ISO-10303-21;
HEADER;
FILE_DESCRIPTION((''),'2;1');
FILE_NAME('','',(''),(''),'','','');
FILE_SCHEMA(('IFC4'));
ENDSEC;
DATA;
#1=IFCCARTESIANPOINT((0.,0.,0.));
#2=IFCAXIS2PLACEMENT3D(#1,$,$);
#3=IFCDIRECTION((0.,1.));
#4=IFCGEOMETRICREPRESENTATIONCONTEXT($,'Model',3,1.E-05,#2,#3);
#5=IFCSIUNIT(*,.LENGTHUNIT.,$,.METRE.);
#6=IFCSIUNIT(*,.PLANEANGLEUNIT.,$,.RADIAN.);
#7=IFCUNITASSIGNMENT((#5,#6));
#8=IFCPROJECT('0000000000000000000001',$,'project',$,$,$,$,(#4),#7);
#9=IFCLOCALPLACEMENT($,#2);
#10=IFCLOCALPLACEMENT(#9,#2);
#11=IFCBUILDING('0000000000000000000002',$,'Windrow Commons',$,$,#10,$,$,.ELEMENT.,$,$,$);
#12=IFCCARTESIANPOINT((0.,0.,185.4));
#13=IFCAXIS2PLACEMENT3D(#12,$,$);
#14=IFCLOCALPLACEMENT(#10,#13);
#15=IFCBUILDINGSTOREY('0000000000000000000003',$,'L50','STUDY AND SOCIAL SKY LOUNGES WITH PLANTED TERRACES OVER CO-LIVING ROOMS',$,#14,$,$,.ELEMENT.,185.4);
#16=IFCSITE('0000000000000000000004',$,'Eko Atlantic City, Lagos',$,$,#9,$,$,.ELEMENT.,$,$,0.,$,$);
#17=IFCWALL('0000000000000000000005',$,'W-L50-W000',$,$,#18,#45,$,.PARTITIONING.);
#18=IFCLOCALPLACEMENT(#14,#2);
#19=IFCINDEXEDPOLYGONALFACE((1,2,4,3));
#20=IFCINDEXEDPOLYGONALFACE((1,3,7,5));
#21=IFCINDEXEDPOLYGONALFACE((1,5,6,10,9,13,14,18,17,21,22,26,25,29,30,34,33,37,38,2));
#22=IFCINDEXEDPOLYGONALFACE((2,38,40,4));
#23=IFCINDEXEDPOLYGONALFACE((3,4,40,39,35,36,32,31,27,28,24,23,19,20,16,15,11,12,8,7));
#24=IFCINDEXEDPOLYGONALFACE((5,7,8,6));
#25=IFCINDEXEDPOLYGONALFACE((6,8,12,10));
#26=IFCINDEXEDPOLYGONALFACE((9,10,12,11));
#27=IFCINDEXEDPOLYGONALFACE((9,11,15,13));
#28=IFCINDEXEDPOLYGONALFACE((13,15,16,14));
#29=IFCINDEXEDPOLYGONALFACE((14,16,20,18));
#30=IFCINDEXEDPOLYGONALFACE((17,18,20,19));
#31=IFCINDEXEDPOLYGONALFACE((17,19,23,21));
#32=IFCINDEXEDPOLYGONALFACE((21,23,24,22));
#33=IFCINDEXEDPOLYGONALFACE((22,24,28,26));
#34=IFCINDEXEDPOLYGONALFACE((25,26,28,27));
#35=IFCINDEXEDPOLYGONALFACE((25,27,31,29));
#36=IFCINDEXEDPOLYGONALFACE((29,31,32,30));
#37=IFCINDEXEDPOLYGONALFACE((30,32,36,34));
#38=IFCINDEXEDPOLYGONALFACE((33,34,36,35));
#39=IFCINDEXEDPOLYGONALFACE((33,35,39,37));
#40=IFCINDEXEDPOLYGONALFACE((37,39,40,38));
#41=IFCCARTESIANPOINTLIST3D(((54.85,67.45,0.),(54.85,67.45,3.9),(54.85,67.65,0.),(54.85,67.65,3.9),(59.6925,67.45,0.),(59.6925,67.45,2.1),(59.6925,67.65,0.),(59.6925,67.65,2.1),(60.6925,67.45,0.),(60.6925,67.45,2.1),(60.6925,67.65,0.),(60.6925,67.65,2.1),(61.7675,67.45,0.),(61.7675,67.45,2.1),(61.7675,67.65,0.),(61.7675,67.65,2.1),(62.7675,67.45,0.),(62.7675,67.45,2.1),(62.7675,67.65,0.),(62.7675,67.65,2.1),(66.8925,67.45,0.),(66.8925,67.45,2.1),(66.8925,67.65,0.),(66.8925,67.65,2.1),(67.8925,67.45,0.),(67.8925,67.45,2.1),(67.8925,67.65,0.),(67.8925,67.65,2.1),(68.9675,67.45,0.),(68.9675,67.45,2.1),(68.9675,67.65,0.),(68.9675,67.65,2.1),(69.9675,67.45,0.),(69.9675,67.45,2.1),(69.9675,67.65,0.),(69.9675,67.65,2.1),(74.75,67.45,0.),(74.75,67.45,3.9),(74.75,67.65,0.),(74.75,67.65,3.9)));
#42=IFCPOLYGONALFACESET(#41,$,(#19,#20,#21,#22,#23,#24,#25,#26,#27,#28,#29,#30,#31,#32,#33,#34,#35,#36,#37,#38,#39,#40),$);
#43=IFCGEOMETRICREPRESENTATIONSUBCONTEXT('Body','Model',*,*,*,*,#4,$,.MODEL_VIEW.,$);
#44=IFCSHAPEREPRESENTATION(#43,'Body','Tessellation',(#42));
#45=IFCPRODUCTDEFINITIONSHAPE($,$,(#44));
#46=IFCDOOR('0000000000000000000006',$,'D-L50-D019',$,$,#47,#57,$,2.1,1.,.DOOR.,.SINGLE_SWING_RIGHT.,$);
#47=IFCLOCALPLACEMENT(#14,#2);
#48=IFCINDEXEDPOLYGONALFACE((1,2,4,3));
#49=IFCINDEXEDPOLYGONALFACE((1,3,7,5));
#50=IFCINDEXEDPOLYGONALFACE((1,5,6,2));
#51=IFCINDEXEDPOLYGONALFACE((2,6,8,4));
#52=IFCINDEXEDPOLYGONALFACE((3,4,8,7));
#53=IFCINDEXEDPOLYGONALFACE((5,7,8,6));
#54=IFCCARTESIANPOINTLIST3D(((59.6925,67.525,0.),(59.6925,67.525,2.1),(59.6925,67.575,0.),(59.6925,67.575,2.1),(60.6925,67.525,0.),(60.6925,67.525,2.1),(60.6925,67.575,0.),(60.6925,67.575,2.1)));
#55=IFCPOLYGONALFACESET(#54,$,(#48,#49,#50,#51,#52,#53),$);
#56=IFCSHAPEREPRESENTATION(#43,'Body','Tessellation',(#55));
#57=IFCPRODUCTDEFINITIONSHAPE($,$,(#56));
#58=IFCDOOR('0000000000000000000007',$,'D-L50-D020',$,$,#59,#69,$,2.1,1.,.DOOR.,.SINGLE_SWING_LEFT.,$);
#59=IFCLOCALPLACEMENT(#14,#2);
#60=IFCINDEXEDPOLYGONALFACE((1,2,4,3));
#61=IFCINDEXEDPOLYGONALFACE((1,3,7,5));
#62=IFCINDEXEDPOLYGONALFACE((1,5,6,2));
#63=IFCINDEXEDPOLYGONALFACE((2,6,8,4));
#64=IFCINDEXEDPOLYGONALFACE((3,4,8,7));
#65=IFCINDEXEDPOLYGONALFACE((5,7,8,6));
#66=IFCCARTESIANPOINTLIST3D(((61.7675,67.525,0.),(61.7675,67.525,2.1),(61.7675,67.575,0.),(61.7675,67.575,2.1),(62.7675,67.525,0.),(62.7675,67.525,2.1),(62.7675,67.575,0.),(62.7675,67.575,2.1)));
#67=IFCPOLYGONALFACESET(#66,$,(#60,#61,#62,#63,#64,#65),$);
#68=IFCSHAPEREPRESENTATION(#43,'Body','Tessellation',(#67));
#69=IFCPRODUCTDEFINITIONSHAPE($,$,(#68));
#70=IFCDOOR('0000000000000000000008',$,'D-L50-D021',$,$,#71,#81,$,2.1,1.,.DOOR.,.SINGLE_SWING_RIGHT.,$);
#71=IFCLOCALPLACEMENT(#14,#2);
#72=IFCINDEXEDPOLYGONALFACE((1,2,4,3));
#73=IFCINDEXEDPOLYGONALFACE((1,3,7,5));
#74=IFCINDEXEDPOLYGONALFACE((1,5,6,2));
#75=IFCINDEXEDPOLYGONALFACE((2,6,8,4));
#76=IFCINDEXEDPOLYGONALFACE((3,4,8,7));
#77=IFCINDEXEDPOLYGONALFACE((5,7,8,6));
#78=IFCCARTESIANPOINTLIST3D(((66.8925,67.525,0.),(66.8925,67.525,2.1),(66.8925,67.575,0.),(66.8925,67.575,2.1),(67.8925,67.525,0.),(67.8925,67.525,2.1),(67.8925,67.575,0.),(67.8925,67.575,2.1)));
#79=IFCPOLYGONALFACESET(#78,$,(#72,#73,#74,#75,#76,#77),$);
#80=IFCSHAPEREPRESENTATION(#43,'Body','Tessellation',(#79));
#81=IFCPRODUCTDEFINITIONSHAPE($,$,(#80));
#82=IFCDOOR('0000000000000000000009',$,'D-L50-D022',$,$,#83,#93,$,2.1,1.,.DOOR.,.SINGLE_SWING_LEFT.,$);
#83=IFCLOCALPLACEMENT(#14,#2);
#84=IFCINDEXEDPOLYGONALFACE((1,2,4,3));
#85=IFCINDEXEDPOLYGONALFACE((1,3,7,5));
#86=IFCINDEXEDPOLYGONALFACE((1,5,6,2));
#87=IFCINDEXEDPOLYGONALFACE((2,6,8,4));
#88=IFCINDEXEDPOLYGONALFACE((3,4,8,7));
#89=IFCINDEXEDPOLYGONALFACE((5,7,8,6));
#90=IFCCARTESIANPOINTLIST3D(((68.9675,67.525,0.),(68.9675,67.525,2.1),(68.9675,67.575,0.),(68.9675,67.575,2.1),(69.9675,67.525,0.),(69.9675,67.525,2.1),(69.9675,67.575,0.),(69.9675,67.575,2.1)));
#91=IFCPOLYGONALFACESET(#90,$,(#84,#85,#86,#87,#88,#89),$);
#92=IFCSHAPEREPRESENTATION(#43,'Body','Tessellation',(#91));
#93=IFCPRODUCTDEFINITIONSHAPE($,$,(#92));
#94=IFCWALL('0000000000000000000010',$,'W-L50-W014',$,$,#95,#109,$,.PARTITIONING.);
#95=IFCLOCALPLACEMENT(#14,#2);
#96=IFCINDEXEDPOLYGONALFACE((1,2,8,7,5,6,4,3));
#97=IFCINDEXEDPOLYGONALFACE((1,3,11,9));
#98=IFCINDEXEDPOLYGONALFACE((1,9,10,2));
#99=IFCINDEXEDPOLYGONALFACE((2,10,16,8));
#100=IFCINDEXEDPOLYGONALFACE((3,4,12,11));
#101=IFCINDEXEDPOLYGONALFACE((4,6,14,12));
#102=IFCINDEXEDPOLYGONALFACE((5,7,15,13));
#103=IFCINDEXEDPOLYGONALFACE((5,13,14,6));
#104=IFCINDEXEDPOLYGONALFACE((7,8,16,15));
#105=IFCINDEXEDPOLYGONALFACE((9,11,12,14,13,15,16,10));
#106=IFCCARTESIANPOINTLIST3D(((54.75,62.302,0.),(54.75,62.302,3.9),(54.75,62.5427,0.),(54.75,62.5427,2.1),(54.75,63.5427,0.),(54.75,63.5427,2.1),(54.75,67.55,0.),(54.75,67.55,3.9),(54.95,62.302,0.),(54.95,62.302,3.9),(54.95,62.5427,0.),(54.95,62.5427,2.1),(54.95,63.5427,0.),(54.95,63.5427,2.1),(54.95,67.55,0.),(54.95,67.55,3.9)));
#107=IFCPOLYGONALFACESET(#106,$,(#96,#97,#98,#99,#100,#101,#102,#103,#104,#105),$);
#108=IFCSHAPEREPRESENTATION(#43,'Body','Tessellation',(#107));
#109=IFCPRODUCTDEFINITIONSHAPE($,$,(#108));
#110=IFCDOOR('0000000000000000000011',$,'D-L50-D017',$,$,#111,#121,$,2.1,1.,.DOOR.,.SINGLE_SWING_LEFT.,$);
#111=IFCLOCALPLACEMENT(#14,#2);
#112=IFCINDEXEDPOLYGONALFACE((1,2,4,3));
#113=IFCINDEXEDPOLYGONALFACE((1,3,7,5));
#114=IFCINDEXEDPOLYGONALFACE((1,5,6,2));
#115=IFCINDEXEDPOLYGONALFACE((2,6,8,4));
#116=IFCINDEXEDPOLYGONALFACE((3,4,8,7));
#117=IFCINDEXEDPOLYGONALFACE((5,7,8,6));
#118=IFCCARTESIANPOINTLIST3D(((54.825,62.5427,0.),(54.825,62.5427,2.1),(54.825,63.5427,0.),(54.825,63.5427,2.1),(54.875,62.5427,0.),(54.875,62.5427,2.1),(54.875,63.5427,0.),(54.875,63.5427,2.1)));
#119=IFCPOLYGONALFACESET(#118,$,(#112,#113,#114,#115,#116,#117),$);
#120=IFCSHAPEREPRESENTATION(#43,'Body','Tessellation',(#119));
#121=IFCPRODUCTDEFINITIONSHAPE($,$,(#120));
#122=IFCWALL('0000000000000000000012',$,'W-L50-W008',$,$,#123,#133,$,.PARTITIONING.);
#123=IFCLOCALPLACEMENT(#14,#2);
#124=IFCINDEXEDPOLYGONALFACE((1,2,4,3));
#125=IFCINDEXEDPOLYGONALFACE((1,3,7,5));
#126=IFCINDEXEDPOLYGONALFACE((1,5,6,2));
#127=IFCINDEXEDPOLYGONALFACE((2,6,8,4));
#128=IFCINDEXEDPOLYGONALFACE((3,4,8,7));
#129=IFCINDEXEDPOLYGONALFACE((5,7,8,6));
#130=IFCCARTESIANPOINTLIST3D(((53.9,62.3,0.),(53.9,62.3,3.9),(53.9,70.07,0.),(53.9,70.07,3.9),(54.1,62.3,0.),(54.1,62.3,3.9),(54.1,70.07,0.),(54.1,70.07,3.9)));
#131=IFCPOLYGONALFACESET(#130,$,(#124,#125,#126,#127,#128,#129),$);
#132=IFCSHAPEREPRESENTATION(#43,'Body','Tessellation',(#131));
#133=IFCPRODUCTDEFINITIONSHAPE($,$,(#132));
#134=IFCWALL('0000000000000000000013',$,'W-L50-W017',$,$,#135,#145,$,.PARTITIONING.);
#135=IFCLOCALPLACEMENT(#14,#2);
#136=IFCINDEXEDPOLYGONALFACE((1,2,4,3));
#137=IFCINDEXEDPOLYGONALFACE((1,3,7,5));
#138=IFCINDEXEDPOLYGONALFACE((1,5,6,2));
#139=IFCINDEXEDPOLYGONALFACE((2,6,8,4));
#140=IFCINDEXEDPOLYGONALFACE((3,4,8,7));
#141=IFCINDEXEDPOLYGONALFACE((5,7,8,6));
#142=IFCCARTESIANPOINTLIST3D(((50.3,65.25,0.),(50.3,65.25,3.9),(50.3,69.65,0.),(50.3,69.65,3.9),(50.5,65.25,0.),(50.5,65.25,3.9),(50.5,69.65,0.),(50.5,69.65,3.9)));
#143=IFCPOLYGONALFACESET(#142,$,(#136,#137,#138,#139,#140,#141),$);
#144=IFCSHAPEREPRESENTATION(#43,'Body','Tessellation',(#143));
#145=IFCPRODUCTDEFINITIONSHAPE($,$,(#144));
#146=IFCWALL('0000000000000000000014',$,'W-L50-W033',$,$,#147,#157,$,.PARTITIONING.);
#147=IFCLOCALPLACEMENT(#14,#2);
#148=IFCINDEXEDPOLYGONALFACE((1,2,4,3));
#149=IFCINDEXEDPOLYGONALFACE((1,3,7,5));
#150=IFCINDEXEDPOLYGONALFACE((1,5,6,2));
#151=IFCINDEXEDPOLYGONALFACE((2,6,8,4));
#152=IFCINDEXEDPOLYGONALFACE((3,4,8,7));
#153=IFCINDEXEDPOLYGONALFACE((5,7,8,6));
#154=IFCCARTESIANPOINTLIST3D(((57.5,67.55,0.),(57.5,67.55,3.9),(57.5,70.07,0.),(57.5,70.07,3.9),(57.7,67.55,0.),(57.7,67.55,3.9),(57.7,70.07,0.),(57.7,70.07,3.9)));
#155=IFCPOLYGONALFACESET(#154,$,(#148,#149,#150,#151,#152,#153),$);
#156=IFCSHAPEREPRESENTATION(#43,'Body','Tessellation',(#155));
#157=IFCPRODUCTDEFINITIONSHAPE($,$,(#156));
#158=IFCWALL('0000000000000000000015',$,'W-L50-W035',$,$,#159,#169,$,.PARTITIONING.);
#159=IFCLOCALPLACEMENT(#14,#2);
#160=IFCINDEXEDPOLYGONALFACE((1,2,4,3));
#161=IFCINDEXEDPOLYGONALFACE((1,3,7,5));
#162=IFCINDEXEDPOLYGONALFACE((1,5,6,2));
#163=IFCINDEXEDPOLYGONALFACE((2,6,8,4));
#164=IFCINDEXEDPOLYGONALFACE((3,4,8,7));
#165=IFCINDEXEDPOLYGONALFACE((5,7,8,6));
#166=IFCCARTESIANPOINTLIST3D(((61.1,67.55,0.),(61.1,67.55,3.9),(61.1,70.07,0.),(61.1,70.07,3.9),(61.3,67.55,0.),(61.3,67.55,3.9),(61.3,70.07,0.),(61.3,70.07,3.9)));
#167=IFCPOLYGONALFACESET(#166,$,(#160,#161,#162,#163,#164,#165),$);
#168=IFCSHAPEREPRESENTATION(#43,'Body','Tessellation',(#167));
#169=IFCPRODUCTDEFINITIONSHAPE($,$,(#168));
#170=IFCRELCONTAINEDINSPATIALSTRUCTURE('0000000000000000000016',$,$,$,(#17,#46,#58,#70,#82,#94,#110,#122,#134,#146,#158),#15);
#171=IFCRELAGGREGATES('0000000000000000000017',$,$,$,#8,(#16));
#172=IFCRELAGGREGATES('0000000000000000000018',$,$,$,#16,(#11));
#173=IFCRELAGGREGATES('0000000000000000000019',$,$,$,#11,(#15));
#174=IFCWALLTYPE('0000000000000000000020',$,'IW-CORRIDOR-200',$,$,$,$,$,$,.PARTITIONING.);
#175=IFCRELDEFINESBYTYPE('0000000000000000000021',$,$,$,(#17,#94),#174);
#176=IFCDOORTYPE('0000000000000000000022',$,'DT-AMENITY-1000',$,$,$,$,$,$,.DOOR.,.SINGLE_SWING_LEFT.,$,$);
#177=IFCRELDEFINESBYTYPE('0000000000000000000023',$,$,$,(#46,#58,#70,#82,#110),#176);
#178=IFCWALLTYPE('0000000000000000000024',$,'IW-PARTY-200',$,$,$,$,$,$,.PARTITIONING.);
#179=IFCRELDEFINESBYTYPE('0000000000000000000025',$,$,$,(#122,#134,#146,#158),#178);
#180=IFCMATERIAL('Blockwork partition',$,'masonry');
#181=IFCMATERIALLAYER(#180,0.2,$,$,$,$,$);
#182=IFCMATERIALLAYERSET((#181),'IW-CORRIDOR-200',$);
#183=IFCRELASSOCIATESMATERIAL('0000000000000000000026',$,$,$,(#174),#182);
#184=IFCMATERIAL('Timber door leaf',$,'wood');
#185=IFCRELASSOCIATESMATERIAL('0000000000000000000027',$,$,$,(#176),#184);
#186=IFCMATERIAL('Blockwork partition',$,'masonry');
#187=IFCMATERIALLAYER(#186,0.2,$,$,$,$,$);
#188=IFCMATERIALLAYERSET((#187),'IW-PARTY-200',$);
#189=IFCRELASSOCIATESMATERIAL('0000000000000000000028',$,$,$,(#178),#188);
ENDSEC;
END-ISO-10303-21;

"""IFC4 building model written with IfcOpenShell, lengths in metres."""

from ifc_helpers import new_model, si_unit, direction, frame, frame_2d, origin, place, context, subcontext, project, spatial, rectangle, extrude, material, layer, layer_set, type_object, element, fill, save


model = new_model("IFC4")

# Units and contexts
model_context = context("Model", 3, precision=1e-05, world=origin(), true_north=direction((0.0, 1.0)))
body_context = subcontext(model_context, "Body", "Model", "MODEL_VIEW")
ifc_project = project(units=[si_unit("LENGTHUNIT", "METRE"), si_unit("PLANEANGLEUNIT", "RADIAN")], contexts=[model_context])

# Site, building, storey
site_placement = place(None, origin())
site = spatial("IfcSite", under=ifc_project, at=site_placement, Name="Eko Atlantic City, Lagos", CompositionType="ELEMENT", RefElevation=0.0)
building_placement = place(site_placement, origin())
building = spatial("IfcBuilding", under=site, at=building_placement, Name="Windrow Commons", CompositionType="ELEMENT")
storey_placement = place(building_placement, frame((0.0, 0.0, 185.4)))
storey = spatial("IfcBuildingStorey", under=building, at=storey_placement, Name="L50", Description="STUDY AND SOCIAL SKY LOUNGES WITH PLANTED TERRACES OVER CO-LIVING ROOMS", CompositionType="ELEMENT", Elevation=185.4)

# Wall, openings, doors
ifc_material_1 = material(Name="Blockwork partition", Category="masonry")
ifc_layer_1 = layer(ifc_material_1, 0.2)
ifc_layer_set_1 = layer_set([ifc_layer_1], Name="IW-CORRIDOR-200")
wall_type_1 = type_object("IfcWallType", Name="IW-CORRIDOR-200", PredefinedType="PARTITIONING", material=ifc_layer_set_1)
wall_1_placement = place(storey_placement, frame((54.85, 67.55, 0.0), z_axis=(0.0, 0.0, 1.0), x_axis=(1.0, 0.0, 0.0)))
wall_1 = element("IfcWall", 1, at=wall_1_placement, inside=storey, type_object=wall_type_1, Name="W-L50-W000", PredefinedType="PARTITIONING", context=body_context, shape_type="SweptSolid", body=[
    extrude(rectangle(XDim=19.9, YDim=0.2, at=frame_2d((9.95, 0.0))), origin(), (0.0, 0.0, 1.0), 3.9),
])
opening_1_placement = place(wall_1_placement, frame((4.8425, 0.0, 0.0)))
opening_1 = element("IfcOpeningElement", 2, at=opening_1_placement, cuts=wall_1, PredefinedType="OPENING", context=body_context, shape_type="SweptSolid", body=[
    extrude(rectangle(XDim=1.0, YDim=2.1, at=frame_2d((0.5, 1.05))), frame((0.0, 0.11, 0.0), z_axis=(0.0, -1.0, 0.0), x_axis=(1.0, 0.0, 0.0)), (0.0, 0.0, 1.0), 0.22),
])
opening_2_placement = place(wall_1_placement, frame((6.9175, 0.0, 0.0)))
opening_2 = element("IfcOpeningElement", 3, at=opening_2_placement, cuts=wall_1, PredefinedType="OPENING", context=body_context, shape_type="SweptSolid", body=[
    extrude(rectangle(XDim=1.0, YDim=2.1, at=frame_2d((0.5, 1.05))), frame((0.0, 0.11, 0.0), z_axis=(0.0, -1.0, 0.0), x_axis=(1.0, 0.0, 0.0)), (0.0, 0.0, 1.0), 0.22),
])
opening_3_placement = place(wall_1_placement, frame((12.0425, 0.0, 0.0)))
opening_3 = element("IfcOpeningElement", 4, at=opening_3_placement, cuts=wall_1, PredefinedType="OPENING", context=body_context, shape_type="SweptSolid", body=[
    extrude(rectangle(XDim=1.0, YDim=2.1, at=frame_2d((0.5, 1.05))), frame((0.0, 0.11, 0.0), z_axis=(0.0, -1.0, 0.0), x_axis=(1.0, 0.0, 0.0)), (0.0, 0.0, 1.0), 0.22),
])
opening_4_placement = place(wall_1_placement, frame((14.1175, 0.0, 0.0)))
opening_4 = element("IfcOpeningElement", 5, at=opening_4_placement, cuts=wall_1, PredefinedType="OPENING", context=body_context, shape_type="SweptSolid", body=[
    extrude(rectangle(XDim=1.0, YDim=2.1, at=frame_2d((0.5, 1.05))), frame((0.0, 0.11, 0.0), z_axis=(0.0, -1.0, 0.0), x_axis=(1.0, 0.0, 0.0)), (0.0, 0.0, 1.0), 0.22),
])
ifc_material_2 = material(Name="Timber door leaf", Category="wood")
door_type_1 = type_object("IfcDoorType", Name="DT-AMENITY-1000", OperationType="SINGLE_SWING_LEFT", PredefinedType="DOOR", material=ifc_material_2)
door_1_placement = place(opening_1_placement, origin())
door_1 = element("IfcDoor", 6, at=door_1_placement, inside=storey, type_object=door_type_1, Name="D-L50-D019", OperationType="SINGLE_SWING_RIGHT", OverallHeight=2.1, OverallWidth=1.0, PredefinedType="DOOR", context=body_context, shape_type="SweptSolid", body=[
    extrude(rectangle(XDim=1.0, YDim=2.1, at=frame_2d((0.5, 1.05))), frame((0.0, 0.025, 0.0), z_axis=(0.0, -1.0, 0.0), x_axis=(1.0, 0.0, 0.0)), (0.0, 0.0, 1.0), 0.05),
])
fill(opening_1, door_1)
door_2_placement = place(opening_2_placement, origin())
door_2 = element("IfcDoor", 7, at=door_2_placement, inside=storey, type_object=door_type_1, Name="D-L50-D020", OperationType="SINGLE_SWING_LEFT", OverallHeight=2.1, OverallWidth=1.0, PredefinedType="DOOR", context=body_context, shape_type="SweptSolid", body=[
    extrude(rectangle(XDim=1.0, YDim=2.1, at=frame_2d((0.5, 1.05))), frame((0.0, 0.025, 0.0), z_axis=(0.0, -1.0, 0.0), x_axis=(1.0, 0.0, 0.0)), (0.0, 0.0, 1.0), 0.05),
])
fill(opening_2, door_2)
door_3_placement = place(opening_3_placement, origin())
door_3 = element("IfcDoor", 8, at=door_3_placement, inside=storey, type_object=door_type_1, Name="D-L50-D021", OperationType="SINGLE_SWING_RIGHT", OverallHeight=2.1, OverallWidth=1.0, PredefinedType="DOOR", context=body_context, shape_type="SweptSolid", body=[
    extrude(rectangle(XDim=1.0, YDim=2.1, at=frame_2d((0.5, 1.05))), frame((0.0, 0.025, 0.0), z_axis=(0.0, -1.0, 0.0), x_axis=(1.0, 0.0, 0.0)), (0.0, 0.0, 1.0), 0.05),
])
fill(opening_3, door_3)
door_4_placement = place(opening_4_placement, origin())
door_4 = element("IfcDoor", 9, at=door_4_placement, inside=storey, type_object=door_type_1, Name="D-L50-D022", OperationType="SINGLE_SWING_LEFT", OverallHeight=2.1, OverallWidth=1.0, PredefinedType="DOOR", context=body_context, shape_type="SweptSolid", body=[
    extrude(rectangle(XDim=1.0, YDim=2.1, at=frame_2d((0.5, 1.05))), frame((0.0, 0.025, 0.0), z_axis=(0.0, -1.0, 0.0), x_axis=(1.0, 0.0, 0.0)), (0.0, 0.0, 1.0), 0.05),
])
fill(opening_4, door_4)

# Wall, opening, door
wall_2_placement = place(storey_placement, frame((54.85, 62.302, 0.0), z_axis=(0.0, 0.0, 1.0), x_axis=(0.0, 1.0, 0.0)))
wall_2 = element("IfcWall", 10, at=wall_2_placement, inside=storey, type_object=wall_type_1, Name="W-L50-W014", PredefinedType="PARTITIONING", context=body_context, shape_type="SweptSolid", body=[
    extrude(rectangle(XDim=5.248, YDim=0.2, at=frame_2d((2.624, 0.0))), origin(), (0.0, 0.0, 1.0), 3.9),
])
opening_5_placement = place(wall_2_placement, frame((0.2407, 0.0, 0.0)))
opening_5 = element("IfcOpeningElement", 11, at=opening_5_placement, cuts=wall_2, PredefinedType="OPENING", context=body_context, shape_type="SweptSolid", body=[
    extrude(rectangle(XDim=1.0, YDim=2.1, at=frame_2d((0.5, 1.05))), frame((0.0, 0.11, 0.0), z_axis=(0.0, -1.0, 0.0), x_axis=(1.0, 0.0, 0.0)), (0.0, 0.0, 1.0), 0.22),
])
door_5_placement = place(opening_5_placement, origin())
door_5 = element("IfcDoor", 12, at=door_5_placement, inside=storey, type_object=door_type_1, Name="D-L50-D017", OperationType="SINGLE_SWING_LEFT", OverallHeight=2.1, OverallWidth=1.0, PredefinedType="DOOR", context=body_context, shape_type="SweptSolid", body=[
    extrude(rectangle(XDim=1.0, YDim=2.1, at=frame_2d((0.5, 1.05))), frame((0.0, 0.025, 0.0), z_axis=(0.0, -1.0, 0.0), x_axis=(1.0, 0.0, 0.0)), (0.0, 0.0, 1.0), 0.05),
])
fill(opening_5, door_5)

# Walls
ifc_material_3 = material(Name="Blockwork partition", Category="masonry")
ifc_layer_2 = layer(ifc_material_3, 0.2)
ifc_layer_set_2 = layer_set([ifc_layer_2], Name="IW-PARTY-200")
wall_type_2 = type_object("IfcWallType", Name="IW-PARTY-200", PredefinedType="PARTITIONING", material=ifc_layer_set_2)
wall_3_placement = place(storey_placement, frame((54.0, 62.3, 0.0), z_axis=(0.0, 0.0, 1.0), x_axis=(0.0, 1.0, 0.0)))
element("IfcWall", 13, at=wall_3_placement, inside=storey, type_object=wall_type_2, Name="W-L50-W008", PredefinedType="PARTITIONING", context=body_context, shape_type="SweptSolid", body=[
    extrude(rectangle(XDim=7.77, YDim=0.2, at=frame_2d((3.885, 0.0))), origin(), (0.0, 0.0, 1.0), 3.9),
])
wall_4_placement = place(storey_placement, frame((50.4, 65.25, 0.0), z_axis=(0.0, 0.0, 1.0), x_axis=(0.0, 1.0, 0.0)))
element("IfcWall", 14, at=wall_4_placement, inside=storey, type_object=wall_type_2, Name="W-L50-W017", PredefinedType="PARTITIONING", context=body_context, shape_type="SweptSolid", body=[
    extrude(rectangle(XDim=4.4, YDim=0.2, at=frame_2d((2.2, 0.0))), origin(), (0.0, 0.0, 1.0), 3.9),
])
for number, where, z_axis, x_axis, name in (
    (15, (57.6, 67.55, 0.0), (0.0, 0.0, 1.0), (0.0, 1.0, 0.0), "W-L50-W033"),
    (16, (61.2, 67.55, 0.0), (0.0, 0.0, 1.0), (0.0, 1.0, 0.0), "W-L50-W035"),
):
    element("IfcWall", number, at=place(storey_placement, frame(where, z_axis=z_axis, x_axis=x_axis)), inside=storey, type_object=wall_type_2, Name=name, PredefinedType="PARTITIONING", context=body_context, shape_type="SweptSolid", body=[
        extrude(rectangle(XDim=2.52, YDim=0.2, at=frame_2d((1.26, 0.0))), origin(), (0.0, 0.0, 1.0), 3.9),
    ])

save(model, "model.ifc")
